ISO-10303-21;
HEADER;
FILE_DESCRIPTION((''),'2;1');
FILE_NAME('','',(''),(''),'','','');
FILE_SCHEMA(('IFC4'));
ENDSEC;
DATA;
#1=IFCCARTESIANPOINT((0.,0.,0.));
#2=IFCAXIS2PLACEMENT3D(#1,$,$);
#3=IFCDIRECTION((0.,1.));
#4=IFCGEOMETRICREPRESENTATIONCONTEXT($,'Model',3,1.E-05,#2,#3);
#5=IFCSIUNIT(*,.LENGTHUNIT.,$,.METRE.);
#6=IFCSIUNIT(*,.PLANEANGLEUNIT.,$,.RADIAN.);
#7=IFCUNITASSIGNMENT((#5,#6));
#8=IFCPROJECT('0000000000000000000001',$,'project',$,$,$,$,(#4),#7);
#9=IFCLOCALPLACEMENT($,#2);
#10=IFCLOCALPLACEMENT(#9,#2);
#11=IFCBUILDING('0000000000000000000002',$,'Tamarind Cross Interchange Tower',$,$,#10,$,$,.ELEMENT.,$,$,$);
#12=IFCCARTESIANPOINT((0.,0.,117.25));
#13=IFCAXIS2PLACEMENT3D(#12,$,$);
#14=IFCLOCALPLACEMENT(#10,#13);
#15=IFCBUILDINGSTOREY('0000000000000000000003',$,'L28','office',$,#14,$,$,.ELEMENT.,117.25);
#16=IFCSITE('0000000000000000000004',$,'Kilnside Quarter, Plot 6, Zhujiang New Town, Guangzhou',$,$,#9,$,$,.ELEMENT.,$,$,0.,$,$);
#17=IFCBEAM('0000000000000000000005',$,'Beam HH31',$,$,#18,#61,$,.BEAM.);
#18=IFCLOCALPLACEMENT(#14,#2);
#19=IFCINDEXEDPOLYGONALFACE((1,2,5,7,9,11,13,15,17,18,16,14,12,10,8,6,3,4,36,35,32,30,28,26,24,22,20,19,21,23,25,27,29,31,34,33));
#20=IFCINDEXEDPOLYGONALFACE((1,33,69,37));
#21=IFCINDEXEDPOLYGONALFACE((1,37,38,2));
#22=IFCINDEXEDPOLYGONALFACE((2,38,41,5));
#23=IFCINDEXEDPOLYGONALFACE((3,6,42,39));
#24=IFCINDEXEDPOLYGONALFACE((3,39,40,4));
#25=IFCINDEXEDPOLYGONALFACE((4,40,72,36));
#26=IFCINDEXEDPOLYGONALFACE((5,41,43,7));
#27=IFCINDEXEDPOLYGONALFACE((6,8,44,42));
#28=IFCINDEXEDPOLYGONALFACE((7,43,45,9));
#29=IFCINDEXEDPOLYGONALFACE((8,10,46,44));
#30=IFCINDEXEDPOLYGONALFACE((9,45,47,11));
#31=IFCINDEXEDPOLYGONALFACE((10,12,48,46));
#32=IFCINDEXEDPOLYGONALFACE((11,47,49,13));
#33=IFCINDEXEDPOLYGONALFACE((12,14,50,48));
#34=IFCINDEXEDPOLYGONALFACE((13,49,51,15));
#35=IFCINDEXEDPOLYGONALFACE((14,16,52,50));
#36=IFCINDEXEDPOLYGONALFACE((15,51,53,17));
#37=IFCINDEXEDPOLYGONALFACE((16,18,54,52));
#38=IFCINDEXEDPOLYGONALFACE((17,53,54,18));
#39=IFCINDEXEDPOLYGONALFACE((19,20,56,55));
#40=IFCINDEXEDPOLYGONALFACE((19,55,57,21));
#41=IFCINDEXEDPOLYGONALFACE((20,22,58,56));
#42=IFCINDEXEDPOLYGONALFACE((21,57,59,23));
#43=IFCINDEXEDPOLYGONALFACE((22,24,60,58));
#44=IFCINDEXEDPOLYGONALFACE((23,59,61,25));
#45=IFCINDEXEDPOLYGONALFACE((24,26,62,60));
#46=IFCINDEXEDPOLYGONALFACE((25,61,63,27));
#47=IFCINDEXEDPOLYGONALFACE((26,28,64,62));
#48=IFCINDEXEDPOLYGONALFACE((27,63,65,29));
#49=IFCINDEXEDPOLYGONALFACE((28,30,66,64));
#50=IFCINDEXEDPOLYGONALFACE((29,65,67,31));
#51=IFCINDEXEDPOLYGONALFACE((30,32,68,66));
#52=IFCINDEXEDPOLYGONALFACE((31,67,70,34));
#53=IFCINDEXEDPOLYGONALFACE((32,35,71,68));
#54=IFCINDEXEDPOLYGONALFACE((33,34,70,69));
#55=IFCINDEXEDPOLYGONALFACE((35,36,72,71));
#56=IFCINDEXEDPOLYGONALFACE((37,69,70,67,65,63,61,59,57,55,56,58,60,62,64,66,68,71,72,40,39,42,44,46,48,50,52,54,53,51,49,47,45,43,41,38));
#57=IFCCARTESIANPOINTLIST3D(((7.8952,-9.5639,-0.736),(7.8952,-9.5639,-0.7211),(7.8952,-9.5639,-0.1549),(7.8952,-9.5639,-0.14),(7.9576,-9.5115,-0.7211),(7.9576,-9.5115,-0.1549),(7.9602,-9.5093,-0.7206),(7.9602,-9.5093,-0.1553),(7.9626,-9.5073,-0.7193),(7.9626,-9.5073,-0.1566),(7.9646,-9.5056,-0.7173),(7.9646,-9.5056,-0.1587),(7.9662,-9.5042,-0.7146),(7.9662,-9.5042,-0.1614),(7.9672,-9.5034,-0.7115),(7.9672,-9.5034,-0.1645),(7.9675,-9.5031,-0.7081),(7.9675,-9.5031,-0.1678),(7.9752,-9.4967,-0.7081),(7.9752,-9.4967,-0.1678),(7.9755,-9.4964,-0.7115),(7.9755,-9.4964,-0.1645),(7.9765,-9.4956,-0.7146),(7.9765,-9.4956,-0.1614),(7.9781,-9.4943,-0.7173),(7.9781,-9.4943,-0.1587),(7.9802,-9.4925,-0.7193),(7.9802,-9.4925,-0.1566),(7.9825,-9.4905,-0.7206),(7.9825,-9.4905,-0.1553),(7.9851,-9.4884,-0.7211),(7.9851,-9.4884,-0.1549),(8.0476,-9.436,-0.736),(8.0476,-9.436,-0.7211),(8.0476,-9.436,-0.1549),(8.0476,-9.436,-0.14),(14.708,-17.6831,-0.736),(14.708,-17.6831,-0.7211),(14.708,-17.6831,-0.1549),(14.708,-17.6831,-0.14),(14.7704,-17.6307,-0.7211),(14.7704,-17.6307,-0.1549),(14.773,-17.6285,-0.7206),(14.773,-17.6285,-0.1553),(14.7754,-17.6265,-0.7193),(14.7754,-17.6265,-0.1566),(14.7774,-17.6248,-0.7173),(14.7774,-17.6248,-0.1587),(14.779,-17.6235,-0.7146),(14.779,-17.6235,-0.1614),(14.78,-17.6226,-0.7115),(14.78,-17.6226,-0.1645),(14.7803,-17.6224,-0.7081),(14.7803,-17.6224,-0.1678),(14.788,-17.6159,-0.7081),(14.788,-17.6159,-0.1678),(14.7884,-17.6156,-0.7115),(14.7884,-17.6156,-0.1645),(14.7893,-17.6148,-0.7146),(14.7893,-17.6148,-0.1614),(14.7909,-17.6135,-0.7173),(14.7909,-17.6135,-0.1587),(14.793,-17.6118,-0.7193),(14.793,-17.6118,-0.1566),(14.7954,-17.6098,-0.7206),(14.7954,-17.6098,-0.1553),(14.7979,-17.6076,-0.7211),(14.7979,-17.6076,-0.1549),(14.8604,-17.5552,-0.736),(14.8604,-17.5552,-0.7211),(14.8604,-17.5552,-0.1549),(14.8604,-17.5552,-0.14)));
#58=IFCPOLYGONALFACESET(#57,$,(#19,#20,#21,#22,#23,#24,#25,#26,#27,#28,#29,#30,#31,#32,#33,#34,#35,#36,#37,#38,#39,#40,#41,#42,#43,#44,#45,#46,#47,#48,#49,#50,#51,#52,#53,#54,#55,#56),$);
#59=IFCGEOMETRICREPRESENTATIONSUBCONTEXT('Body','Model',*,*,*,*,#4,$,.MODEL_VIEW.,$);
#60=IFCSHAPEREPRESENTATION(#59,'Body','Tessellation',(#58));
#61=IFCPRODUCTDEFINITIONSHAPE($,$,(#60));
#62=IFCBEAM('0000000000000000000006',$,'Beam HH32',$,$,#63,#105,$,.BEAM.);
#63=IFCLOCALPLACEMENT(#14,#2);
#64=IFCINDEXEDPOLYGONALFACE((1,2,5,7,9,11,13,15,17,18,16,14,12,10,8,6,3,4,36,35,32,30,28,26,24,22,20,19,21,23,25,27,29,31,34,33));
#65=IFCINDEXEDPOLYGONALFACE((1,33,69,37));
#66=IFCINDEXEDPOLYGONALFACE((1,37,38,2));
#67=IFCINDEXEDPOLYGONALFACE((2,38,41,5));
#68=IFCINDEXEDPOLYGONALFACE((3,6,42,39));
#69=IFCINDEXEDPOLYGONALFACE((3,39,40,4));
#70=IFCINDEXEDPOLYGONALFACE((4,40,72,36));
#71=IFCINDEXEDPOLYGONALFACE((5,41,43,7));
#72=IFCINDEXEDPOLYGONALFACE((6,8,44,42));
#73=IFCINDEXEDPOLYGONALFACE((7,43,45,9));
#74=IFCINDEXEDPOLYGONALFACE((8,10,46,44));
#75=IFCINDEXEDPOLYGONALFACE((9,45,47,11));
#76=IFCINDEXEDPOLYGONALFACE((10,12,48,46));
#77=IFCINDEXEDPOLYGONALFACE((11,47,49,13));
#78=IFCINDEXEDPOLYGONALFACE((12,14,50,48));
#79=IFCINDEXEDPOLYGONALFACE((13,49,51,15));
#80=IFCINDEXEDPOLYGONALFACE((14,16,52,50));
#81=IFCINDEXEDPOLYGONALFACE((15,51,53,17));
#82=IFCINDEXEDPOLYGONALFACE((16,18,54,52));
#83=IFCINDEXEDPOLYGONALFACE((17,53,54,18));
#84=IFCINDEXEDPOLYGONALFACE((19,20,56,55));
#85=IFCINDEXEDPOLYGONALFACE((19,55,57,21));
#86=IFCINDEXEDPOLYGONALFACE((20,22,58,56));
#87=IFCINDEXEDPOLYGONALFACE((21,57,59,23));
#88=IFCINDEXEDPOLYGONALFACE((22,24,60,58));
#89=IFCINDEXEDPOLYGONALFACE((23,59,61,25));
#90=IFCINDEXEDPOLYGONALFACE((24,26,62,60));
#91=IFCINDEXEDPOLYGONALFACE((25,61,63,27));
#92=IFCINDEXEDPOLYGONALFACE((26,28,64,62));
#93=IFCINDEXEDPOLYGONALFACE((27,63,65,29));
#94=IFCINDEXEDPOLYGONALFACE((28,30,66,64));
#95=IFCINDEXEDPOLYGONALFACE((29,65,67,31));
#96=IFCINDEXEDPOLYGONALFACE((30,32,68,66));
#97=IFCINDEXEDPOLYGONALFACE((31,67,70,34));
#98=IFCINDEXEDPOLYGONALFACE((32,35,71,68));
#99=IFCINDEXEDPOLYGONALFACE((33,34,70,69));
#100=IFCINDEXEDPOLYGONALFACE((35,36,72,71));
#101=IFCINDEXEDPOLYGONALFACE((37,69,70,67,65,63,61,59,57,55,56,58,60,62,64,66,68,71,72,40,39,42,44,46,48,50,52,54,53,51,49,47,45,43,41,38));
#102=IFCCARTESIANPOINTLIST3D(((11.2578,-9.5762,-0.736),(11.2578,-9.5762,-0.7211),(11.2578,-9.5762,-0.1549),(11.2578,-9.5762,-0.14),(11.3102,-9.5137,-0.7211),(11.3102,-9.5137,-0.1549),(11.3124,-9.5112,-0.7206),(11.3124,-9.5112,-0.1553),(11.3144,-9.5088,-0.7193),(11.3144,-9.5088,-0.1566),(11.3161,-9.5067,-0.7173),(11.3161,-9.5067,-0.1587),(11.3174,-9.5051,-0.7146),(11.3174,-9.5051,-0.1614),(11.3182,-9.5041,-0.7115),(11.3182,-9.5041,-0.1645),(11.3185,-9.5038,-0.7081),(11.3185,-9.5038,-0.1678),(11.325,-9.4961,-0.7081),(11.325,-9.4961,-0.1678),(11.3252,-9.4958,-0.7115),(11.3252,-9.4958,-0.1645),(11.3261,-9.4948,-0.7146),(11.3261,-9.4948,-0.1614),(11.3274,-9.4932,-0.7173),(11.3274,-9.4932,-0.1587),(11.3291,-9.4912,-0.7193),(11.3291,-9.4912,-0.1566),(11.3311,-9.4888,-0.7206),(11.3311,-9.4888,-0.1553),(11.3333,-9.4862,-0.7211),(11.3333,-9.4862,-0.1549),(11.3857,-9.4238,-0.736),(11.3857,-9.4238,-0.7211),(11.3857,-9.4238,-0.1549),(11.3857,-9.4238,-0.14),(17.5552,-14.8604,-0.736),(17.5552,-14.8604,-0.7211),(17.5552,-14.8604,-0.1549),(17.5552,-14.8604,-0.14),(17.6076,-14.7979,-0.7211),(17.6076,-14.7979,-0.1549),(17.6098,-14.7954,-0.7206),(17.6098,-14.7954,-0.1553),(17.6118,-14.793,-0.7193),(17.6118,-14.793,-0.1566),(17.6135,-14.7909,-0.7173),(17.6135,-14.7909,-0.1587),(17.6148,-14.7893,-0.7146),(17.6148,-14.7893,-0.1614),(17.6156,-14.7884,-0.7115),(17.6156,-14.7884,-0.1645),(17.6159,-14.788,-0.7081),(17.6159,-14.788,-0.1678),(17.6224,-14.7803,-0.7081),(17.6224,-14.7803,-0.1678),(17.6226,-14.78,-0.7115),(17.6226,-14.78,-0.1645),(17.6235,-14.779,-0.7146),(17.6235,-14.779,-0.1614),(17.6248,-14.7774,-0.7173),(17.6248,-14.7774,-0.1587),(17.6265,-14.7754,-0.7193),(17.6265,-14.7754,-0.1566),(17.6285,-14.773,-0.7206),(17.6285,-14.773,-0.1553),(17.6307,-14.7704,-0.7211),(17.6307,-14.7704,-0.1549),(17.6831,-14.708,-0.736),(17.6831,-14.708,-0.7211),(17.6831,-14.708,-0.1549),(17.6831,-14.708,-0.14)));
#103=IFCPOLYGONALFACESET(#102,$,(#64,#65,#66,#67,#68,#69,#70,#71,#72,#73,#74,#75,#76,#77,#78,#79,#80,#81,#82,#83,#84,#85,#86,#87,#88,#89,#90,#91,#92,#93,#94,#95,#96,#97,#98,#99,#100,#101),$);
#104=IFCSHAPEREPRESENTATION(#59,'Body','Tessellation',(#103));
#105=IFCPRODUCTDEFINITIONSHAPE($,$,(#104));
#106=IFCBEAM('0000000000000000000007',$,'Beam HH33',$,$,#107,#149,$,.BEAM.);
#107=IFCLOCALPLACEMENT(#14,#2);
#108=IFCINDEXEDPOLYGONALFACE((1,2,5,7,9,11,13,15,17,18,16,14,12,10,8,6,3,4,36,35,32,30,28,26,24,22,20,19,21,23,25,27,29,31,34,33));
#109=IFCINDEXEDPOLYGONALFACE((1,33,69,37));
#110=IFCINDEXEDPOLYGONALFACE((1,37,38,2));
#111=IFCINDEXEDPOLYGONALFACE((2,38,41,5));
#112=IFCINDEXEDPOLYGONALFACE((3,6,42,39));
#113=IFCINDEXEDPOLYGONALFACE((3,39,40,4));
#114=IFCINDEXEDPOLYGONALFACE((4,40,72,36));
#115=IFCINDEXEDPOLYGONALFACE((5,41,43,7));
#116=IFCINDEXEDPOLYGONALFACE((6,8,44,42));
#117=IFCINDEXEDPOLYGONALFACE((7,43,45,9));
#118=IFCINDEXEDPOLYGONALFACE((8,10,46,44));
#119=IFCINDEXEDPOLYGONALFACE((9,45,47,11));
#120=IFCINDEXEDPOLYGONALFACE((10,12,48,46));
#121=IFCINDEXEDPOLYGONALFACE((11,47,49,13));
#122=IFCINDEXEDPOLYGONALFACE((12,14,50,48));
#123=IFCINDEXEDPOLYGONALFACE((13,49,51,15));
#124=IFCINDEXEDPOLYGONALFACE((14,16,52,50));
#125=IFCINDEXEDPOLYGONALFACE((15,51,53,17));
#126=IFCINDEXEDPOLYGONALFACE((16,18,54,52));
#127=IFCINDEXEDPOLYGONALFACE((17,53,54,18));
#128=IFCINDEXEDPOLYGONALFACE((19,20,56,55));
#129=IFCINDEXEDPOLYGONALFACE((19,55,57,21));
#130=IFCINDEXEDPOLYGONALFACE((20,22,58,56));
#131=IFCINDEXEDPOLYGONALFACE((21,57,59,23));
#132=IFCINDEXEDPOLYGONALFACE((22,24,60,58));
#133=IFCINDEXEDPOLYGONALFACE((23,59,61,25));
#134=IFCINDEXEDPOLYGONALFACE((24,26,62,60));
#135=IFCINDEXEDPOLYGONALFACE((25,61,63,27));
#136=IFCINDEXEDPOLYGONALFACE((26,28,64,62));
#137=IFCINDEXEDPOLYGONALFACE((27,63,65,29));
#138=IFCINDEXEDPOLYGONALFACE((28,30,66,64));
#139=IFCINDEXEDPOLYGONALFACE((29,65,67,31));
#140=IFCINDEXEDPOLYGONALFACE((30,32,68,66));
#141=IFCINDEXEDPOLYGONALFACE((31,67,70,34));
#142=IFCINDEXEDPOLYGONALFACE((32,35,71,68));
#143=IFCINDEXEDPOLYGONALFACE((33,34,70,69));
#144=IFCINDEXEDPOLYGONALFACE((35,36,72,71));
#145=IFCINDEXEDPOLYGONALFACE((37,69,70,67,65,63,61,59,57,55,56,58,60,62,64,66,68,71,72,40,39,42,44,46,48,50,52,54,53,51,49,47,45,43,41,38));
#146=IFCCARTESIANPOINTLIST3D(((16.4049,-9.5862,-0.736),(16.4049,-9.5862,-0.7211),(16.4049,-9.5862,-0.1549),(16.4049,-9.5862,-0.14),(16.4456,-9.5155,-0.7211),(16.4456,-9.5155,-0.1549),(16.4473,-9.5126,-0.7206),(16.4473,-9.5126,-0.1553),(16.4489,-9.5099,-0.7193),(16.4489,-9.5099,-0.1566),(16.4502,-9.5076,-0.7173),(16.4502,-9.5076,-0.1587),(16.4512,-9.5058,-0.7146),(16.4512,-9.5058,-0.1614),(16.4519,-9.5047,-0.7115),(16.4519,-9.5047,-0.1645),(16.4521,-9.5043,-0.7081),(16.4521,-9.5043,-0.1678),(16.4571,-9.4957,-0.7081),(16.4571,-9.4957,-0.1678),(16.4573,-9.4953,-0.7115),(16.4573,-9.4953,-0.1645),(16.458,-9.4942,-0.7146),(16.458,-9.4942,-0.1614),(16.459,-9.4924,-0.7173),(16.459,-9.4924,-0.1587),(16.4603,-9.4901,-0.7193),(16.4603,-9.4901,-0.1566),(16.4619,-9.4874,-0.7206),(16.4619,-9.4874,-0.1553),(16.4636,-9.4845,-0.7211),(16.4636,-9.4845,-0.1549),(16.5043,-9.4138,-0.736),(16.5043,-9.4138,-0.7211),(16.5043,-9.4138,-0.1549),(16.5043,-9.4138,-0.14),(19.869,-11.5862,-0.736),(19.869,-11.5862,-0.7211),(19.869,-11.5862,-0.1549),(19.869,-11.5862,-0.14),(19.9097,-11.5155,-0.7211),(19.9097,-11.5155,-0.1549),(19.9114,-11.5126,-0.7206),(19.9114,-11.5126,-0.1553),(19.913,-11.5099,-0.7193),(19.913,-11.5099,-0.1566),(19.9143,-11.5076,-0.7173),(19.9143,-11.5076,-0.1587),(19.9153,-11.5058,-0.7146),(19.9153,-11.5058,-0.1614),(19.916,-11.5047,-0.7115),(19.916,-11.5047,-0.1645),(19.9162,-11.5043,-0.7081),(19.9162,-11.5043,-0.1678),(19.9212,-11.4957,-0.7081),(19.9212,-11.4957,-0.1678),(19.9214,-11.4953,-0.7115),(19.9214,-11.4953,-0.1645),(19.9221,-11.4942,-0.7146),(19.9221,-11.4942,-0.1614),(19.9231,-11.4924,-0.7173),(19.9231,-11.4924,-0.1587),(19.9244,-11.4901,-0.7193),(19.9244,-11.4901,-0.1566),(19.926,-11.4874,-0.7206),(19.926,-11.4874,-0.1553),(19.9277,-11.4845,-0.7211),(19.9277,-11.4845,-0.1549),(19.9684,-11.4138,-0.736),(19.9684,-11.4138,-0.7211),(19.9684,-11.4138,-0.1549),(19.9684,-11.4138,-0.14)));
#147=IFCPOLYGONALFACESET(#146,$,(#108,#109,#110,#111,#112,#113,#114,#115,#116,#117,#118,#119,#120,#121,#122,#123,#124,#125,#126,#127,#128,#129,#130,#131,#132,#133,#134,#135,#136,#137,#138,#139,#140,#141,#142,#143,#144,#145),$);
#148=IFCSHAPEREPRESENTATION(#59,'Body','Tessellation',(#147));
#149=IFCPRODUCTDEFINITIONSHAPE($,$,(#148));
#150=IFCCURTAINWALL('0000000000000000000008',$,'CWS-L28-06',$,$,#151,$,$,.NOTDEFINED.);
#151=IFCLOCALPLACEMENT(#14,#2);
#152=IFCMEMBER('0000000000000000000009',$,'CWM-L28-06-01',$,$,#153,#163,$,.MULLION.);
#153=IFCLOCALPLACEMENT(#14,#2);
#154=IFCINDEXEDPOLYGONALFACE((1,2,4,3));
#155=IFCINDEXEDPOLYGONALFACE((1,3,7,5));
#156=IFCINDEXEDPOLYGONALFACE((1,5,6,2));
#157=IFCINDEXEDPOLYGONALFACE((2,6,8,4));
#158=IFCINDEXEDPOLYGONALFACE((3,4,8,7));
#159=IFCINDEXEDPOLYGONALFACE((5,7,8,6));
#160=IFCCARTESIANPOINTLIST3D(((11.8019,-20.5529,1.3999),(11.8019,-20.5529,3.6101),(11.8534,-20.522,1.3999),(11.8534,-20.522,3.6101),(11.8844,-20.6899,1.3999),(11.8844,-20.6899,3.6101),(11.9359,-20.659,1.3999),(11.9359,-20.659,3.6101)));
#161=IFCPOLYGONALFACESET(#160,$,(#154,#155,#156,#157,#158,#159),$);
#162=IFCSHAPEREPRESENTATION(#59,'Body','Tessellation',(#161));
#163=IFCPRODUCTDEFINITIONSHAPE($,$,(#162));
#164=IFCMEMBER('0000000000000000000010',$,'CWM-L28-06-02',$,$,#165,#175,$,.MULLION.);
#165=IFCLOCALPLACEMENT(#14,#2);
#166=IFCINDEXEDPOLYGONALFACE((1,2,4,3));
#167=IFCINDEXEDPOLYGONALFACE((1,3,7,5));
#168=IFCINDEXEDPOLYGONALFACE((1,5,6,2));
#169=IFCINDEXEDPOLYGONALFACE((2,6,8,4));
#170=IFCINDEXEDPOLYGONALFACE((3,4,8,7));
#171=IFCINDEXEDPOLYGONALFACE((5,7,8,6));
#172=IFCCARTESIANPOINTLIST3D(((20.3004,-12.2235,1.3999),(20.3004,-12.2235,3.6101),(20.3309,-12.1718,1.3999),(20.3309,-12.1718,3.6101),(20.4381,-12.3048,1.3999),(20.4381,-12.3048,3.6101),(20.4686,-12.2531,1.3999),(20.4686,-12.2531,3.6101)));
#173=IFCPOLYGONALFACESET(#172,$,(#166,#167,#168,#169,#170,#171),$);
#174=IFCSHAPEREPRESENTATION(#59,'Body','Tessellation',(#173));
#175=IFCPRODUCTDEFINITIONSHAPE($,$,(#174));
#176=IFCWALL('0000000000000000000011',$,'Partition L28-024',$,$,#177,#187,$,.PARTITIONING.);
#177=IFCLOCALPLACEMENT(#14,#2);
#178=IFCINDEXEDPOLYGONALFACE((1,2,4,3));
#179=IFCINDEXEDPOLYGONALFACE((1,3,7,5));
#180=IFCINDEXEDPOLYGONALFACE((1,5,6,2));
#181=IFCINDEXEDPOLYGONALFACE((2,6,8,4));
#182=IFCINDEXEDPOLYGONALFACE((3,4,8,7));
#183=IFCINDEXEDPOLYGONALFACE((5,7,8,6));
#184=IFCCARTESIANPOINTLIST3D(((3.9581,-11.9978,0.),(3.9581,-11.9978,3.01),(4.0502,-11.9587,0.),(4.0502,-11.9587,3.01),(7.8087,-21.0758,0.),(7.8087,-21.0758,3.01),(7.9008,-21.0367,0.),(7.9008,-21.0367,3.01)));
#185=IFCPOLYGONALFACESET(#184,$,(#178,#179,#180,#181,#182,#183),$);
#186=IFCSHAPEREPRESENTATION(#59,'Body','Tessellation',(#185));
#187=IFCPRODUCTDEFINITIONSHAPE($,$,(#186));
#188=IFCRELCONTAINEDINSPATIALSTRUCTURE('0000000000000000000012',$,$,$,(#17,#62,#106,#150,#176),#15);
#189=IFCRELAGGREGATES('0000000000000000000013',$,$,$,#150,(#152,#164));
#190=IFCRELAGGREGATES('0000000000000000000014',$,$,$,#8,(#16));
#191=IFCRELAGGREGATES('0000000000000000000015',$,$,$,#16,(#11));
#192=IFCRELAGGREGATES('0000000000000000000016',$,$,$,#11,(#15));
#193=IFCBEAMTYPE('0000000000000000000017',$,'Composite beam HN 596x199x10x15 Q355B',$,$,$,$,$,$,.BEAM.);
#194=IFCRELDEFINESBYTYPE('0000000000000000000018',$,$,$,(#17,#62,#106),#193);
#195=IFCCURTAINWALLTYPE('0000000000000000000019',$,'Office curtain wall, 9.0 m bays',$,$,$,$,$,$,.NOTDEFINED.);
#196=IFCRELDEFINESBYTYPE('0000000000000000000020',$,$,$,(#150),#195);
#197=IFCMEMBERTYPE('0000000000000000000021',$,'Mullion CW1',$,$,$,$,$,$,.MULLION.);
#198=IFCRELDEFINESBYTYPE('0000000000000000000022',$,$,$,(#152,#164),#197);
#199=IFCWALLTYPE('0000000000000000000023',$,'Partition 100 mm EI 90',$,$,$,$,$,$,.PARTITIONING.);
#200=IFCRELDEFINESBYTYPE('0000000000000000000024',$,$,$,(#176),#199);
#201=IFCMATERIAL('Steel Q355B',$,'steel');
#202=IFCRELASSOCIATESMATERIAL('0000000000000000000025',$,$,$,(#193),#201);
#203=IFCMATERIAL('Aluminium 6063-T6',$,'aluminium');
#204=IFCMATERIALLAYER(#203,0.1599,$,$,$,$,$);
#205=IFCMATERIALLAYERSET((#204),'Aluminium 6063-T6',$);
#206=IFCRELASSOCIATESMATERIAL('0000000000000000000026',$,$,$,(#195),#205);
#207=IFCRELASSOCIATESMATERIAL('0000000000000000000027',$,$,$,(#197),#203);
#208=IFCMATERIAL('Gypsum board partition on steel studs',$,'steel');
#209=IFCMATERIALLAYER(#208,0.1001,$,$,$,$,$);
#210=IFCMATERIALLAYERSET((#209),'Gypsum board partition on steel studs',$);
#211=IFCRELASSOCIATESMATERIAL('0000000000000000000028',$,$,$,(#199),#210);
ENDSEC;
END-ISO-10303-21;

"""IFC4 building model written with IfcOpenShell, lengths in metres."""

from ifc_helpers import new_model, si_unit, direction, frame, frame_2d, origin, origin_2d, place, context, subcontext, project, spatial, rectangle, i_section, extrude, material, layer, layer_set, material_profile, profile_set, type_object, element, aggregate, save


model = new_model("IFC4")

# Units and contexts
model_context = context("Model", 3, precision=1e-05, world=origin(), true_north=direction((0.0, 1.0)))
body_context = subcontext(model_context, "Body", "Model", "MODEL_VIEW")
ifc_project = project(units=[si_unit("LENGTHUNIT", "METRE"), si_unit("PLANEANGLEUNIT", "RADIAN")], contexts=[model_context])

# Site, building, storey
site_placement = place(None, origin())
site = spatial("IfcSite", under=ifc_project, at=site_placement, Name="Kilnside Quarter, Plot 6, Zhujiang New Town, Guangzhou", CompositionType="ELEMENT", RefElevation=0.0)
building_placement = place(site_placement, origin())
building = spatial("IfcBuilding", under=site, at=building_placement, Name="Tamarind Cross Interchange Tower", CompositionType="ELEMENT")
storey_placement = place(building_placement, frame((0.0, 0.0, 117.25)))
storey = spatial("IfcBuildingStorey", under=building, at=storey_placement, Name="L28", Description="office", CompositionType="ELEMENT", Elevation=117.25)

# Beams
ifc_material_1 = material(Name="Steel Q355B", Category="steel")
ifc_material_profile_1 = material_profile(ifc_material_1, i_section(OverallWidth=0.199, OverallDepth=0.5959, WebThickness=0.01, FlangeThickness=0.0149, FilletRadius=0.0129, at=origin_2d()), Name="HN 596x199x10x15")
ifc_profile_set_1 = profile_set([ifc_material_profile_1], Name="Steel Q355B")
beam_type = type_object("IfcBeamType", Name="Composite beam HN 596x199x10x15 Q355B", PredefinedType="BEAM", material=ifc_profile_set_1)
beam_1_placement = place(storey_placement, frame((14.7842, -17.6191, -0.438), z_axis=(-0.642786, 0.766046, 0.0), x_axis=(-0.766046, -0.642786, 0.0)))
element("IfcBeam", 1, at=beam_1_placement, inside=storey, type_object=beam_type, Name="Beam HH31", PredefinedType="BEAM", context=body_context, shape_type="SweptSolid", body=[
    extrude(i_section(OverallWidth=0.199, OverallDepth=0.5959, WebThickness=0.01, FlangeThickness=0.0149, FilletRadius=0.0129, at=origin_2d()), origin(), (0.0, 0.0, 1.0), 10.5989),
])
beam_2_placement = place(storey_placement, frame((17.6191, -14.7842, -0.438), z_axis=(-0.766041, 0.642792, 0.0), x_axis=(-0.642792, -0.766041, 0.0)))
element("IfcBeam", 2, at=beam_2_placement, inside=storey, type_object=beam_type, Name="Beam HH32", PredefinedType="BEAM", context=body_context, shape_type="SweptSolid", body=[
    extrude(i_section(OverallWidth=0.199, OverallDepth=0.5959, WebThickness=0.01, FlangeThickness=0.0149, FilletRadius=0.0129, at=origin_2d()), origin(), (0.0, 0.0, 1.0), 8.2207),
])
beam_3_placement = place(storey_placement, frame((19.9187, -11.5, -0.438), z_axis=(-0.866026, 0.499999, 0.0), x_axis=(-0.499999, -0.866026, 0.0)))
element("IfcBeam", 3, at=beam_3_placement, inside=storey, type_object=beam_type, Name="Beam HH33", PredefinedType="BEAM", context=body_context, shape_type="SweptSolid", body=[
    extrude(i_section(OverallWidth=0.199, OverallDepth=0.5959, WebThickness=0.01, FlangeThickness=0.0149, FilletRadius=0.0129, at=origin_2d()), origin(), (0.0, 0.0, 1.0), 4.0),
])

# Curtain wall, members
ifc_material_2 = material(Name="Aluminium 6063-T6", Category="aluminium")
ifc_layer_1 = layer(ifc_material_2, 0.1599)
ifc_layer_set_1 = layer_set([ifc_layer_1], Name="Aluminium 6063-T6")
curtain_wall_type = type_object("IfcCurtainWallType", Name="Office curtain wall, 9.0 m bays", PredefinedType="NOTDEFINED", material=ifc_layer_set_1)
curtain_wall_placement = place(storey_placement, origin())
curtain_wall = element("IfcCurtainWall", 4, at=curtain_wall_placement, inside=storey, type_object=curtain_wall_type, Name="CWS-L28-06", PredefinedType="NOTDEFINED")
ifc_material_profile_2 = material_profile(ifc_material_2, rectangle(XDim=0.0601, YDim=0.1599, at=origin_2d()), Name="Mullion CW1")
ifc_profile_set_2 = profile_set([ifc_material_profile_2], Name="Aluminium 6063-T6")
member_type = type_object("IfcMemberType", Name="Mullion CW1", PredefinedType="MULLION", material=ifc_profile_set_2)
member_1_placement = place(storey_placement, frame((11.8689, -20.606, 1.3999), z_axis=(0.0, 0.0, 1.0), x_axis=(0.856843, 0.515577, 0.0)))
member_1 = element("IfcMember", 5, at=member_1_placement, type_object=member_type, Name="CWM-L28-06-01", PredefinedType="MULLION", context=body_context, shape_type="SweptSolid", body=[
    extrude(rectangle(XDim=0.0601, YDim=0.1599, at=origin_2d()), origin(), (0.0, 0.0, 1.0), 2.2102),
])
member_2_placement = place(storey_placement, frame((20.3845, -12.2383, 1.3999), z_axis=(0.0, 0.0, 1.0), x_axis=(0.508183, 0.861249, 0.0)))
member_2 = element("IfcMember", 6, at=member_2_placement, type_object=member_type, Name="CWM-L28-06-02", PredefinedType="MULLION", context=body_context, shape_type="SweptSolid", body=[
    extrude(rectangle(XDim=0.0601, YDim=0.1599, at=origin_2d()), origin(), (0.0, 0.0, 1.0), 2.2102),
])
aggregate(curtain_wall, [member_1, member_2])

# Wall
ifc_material_3 = material(Name="Gypsum board partition on steel studs", Category="steel")
ifc_layer_2 = layer(ifc_material_3, 0.1001)
ifc_layer_set_2 = layer_set([ifc_layer_2], Name="Gypsum board partition on steel studs")
wall_type_1 = type_object("IfcWallType", Name="Partition 100 mm EI 90", PredefinedType="PARTITIONING", material=ifc_layer_set_2)
wall_1_placement = place(storey_placement, frame((4.0042, -11.9783, 0.0), z_axis=(0.0, 0.0, 1.0), x_axis=(0.390495, -0.920605, 0.0)))
element("IfcWall", 7, at=wall_1_placement, inside=storey, type_object=wall_type_1, Name="Partition L28-024", PredefinedType="PARTITIONING", context=body_context, shape_type="SweptSolid", body=[
    extrude(rectangle(XDim=9.8608, YDim=0.1001, at=frame_2d((4.9304, 0.0))), origin(), (0.0, 0.0, 1.0), 3.01),
])

save(model, "model.ifc")
